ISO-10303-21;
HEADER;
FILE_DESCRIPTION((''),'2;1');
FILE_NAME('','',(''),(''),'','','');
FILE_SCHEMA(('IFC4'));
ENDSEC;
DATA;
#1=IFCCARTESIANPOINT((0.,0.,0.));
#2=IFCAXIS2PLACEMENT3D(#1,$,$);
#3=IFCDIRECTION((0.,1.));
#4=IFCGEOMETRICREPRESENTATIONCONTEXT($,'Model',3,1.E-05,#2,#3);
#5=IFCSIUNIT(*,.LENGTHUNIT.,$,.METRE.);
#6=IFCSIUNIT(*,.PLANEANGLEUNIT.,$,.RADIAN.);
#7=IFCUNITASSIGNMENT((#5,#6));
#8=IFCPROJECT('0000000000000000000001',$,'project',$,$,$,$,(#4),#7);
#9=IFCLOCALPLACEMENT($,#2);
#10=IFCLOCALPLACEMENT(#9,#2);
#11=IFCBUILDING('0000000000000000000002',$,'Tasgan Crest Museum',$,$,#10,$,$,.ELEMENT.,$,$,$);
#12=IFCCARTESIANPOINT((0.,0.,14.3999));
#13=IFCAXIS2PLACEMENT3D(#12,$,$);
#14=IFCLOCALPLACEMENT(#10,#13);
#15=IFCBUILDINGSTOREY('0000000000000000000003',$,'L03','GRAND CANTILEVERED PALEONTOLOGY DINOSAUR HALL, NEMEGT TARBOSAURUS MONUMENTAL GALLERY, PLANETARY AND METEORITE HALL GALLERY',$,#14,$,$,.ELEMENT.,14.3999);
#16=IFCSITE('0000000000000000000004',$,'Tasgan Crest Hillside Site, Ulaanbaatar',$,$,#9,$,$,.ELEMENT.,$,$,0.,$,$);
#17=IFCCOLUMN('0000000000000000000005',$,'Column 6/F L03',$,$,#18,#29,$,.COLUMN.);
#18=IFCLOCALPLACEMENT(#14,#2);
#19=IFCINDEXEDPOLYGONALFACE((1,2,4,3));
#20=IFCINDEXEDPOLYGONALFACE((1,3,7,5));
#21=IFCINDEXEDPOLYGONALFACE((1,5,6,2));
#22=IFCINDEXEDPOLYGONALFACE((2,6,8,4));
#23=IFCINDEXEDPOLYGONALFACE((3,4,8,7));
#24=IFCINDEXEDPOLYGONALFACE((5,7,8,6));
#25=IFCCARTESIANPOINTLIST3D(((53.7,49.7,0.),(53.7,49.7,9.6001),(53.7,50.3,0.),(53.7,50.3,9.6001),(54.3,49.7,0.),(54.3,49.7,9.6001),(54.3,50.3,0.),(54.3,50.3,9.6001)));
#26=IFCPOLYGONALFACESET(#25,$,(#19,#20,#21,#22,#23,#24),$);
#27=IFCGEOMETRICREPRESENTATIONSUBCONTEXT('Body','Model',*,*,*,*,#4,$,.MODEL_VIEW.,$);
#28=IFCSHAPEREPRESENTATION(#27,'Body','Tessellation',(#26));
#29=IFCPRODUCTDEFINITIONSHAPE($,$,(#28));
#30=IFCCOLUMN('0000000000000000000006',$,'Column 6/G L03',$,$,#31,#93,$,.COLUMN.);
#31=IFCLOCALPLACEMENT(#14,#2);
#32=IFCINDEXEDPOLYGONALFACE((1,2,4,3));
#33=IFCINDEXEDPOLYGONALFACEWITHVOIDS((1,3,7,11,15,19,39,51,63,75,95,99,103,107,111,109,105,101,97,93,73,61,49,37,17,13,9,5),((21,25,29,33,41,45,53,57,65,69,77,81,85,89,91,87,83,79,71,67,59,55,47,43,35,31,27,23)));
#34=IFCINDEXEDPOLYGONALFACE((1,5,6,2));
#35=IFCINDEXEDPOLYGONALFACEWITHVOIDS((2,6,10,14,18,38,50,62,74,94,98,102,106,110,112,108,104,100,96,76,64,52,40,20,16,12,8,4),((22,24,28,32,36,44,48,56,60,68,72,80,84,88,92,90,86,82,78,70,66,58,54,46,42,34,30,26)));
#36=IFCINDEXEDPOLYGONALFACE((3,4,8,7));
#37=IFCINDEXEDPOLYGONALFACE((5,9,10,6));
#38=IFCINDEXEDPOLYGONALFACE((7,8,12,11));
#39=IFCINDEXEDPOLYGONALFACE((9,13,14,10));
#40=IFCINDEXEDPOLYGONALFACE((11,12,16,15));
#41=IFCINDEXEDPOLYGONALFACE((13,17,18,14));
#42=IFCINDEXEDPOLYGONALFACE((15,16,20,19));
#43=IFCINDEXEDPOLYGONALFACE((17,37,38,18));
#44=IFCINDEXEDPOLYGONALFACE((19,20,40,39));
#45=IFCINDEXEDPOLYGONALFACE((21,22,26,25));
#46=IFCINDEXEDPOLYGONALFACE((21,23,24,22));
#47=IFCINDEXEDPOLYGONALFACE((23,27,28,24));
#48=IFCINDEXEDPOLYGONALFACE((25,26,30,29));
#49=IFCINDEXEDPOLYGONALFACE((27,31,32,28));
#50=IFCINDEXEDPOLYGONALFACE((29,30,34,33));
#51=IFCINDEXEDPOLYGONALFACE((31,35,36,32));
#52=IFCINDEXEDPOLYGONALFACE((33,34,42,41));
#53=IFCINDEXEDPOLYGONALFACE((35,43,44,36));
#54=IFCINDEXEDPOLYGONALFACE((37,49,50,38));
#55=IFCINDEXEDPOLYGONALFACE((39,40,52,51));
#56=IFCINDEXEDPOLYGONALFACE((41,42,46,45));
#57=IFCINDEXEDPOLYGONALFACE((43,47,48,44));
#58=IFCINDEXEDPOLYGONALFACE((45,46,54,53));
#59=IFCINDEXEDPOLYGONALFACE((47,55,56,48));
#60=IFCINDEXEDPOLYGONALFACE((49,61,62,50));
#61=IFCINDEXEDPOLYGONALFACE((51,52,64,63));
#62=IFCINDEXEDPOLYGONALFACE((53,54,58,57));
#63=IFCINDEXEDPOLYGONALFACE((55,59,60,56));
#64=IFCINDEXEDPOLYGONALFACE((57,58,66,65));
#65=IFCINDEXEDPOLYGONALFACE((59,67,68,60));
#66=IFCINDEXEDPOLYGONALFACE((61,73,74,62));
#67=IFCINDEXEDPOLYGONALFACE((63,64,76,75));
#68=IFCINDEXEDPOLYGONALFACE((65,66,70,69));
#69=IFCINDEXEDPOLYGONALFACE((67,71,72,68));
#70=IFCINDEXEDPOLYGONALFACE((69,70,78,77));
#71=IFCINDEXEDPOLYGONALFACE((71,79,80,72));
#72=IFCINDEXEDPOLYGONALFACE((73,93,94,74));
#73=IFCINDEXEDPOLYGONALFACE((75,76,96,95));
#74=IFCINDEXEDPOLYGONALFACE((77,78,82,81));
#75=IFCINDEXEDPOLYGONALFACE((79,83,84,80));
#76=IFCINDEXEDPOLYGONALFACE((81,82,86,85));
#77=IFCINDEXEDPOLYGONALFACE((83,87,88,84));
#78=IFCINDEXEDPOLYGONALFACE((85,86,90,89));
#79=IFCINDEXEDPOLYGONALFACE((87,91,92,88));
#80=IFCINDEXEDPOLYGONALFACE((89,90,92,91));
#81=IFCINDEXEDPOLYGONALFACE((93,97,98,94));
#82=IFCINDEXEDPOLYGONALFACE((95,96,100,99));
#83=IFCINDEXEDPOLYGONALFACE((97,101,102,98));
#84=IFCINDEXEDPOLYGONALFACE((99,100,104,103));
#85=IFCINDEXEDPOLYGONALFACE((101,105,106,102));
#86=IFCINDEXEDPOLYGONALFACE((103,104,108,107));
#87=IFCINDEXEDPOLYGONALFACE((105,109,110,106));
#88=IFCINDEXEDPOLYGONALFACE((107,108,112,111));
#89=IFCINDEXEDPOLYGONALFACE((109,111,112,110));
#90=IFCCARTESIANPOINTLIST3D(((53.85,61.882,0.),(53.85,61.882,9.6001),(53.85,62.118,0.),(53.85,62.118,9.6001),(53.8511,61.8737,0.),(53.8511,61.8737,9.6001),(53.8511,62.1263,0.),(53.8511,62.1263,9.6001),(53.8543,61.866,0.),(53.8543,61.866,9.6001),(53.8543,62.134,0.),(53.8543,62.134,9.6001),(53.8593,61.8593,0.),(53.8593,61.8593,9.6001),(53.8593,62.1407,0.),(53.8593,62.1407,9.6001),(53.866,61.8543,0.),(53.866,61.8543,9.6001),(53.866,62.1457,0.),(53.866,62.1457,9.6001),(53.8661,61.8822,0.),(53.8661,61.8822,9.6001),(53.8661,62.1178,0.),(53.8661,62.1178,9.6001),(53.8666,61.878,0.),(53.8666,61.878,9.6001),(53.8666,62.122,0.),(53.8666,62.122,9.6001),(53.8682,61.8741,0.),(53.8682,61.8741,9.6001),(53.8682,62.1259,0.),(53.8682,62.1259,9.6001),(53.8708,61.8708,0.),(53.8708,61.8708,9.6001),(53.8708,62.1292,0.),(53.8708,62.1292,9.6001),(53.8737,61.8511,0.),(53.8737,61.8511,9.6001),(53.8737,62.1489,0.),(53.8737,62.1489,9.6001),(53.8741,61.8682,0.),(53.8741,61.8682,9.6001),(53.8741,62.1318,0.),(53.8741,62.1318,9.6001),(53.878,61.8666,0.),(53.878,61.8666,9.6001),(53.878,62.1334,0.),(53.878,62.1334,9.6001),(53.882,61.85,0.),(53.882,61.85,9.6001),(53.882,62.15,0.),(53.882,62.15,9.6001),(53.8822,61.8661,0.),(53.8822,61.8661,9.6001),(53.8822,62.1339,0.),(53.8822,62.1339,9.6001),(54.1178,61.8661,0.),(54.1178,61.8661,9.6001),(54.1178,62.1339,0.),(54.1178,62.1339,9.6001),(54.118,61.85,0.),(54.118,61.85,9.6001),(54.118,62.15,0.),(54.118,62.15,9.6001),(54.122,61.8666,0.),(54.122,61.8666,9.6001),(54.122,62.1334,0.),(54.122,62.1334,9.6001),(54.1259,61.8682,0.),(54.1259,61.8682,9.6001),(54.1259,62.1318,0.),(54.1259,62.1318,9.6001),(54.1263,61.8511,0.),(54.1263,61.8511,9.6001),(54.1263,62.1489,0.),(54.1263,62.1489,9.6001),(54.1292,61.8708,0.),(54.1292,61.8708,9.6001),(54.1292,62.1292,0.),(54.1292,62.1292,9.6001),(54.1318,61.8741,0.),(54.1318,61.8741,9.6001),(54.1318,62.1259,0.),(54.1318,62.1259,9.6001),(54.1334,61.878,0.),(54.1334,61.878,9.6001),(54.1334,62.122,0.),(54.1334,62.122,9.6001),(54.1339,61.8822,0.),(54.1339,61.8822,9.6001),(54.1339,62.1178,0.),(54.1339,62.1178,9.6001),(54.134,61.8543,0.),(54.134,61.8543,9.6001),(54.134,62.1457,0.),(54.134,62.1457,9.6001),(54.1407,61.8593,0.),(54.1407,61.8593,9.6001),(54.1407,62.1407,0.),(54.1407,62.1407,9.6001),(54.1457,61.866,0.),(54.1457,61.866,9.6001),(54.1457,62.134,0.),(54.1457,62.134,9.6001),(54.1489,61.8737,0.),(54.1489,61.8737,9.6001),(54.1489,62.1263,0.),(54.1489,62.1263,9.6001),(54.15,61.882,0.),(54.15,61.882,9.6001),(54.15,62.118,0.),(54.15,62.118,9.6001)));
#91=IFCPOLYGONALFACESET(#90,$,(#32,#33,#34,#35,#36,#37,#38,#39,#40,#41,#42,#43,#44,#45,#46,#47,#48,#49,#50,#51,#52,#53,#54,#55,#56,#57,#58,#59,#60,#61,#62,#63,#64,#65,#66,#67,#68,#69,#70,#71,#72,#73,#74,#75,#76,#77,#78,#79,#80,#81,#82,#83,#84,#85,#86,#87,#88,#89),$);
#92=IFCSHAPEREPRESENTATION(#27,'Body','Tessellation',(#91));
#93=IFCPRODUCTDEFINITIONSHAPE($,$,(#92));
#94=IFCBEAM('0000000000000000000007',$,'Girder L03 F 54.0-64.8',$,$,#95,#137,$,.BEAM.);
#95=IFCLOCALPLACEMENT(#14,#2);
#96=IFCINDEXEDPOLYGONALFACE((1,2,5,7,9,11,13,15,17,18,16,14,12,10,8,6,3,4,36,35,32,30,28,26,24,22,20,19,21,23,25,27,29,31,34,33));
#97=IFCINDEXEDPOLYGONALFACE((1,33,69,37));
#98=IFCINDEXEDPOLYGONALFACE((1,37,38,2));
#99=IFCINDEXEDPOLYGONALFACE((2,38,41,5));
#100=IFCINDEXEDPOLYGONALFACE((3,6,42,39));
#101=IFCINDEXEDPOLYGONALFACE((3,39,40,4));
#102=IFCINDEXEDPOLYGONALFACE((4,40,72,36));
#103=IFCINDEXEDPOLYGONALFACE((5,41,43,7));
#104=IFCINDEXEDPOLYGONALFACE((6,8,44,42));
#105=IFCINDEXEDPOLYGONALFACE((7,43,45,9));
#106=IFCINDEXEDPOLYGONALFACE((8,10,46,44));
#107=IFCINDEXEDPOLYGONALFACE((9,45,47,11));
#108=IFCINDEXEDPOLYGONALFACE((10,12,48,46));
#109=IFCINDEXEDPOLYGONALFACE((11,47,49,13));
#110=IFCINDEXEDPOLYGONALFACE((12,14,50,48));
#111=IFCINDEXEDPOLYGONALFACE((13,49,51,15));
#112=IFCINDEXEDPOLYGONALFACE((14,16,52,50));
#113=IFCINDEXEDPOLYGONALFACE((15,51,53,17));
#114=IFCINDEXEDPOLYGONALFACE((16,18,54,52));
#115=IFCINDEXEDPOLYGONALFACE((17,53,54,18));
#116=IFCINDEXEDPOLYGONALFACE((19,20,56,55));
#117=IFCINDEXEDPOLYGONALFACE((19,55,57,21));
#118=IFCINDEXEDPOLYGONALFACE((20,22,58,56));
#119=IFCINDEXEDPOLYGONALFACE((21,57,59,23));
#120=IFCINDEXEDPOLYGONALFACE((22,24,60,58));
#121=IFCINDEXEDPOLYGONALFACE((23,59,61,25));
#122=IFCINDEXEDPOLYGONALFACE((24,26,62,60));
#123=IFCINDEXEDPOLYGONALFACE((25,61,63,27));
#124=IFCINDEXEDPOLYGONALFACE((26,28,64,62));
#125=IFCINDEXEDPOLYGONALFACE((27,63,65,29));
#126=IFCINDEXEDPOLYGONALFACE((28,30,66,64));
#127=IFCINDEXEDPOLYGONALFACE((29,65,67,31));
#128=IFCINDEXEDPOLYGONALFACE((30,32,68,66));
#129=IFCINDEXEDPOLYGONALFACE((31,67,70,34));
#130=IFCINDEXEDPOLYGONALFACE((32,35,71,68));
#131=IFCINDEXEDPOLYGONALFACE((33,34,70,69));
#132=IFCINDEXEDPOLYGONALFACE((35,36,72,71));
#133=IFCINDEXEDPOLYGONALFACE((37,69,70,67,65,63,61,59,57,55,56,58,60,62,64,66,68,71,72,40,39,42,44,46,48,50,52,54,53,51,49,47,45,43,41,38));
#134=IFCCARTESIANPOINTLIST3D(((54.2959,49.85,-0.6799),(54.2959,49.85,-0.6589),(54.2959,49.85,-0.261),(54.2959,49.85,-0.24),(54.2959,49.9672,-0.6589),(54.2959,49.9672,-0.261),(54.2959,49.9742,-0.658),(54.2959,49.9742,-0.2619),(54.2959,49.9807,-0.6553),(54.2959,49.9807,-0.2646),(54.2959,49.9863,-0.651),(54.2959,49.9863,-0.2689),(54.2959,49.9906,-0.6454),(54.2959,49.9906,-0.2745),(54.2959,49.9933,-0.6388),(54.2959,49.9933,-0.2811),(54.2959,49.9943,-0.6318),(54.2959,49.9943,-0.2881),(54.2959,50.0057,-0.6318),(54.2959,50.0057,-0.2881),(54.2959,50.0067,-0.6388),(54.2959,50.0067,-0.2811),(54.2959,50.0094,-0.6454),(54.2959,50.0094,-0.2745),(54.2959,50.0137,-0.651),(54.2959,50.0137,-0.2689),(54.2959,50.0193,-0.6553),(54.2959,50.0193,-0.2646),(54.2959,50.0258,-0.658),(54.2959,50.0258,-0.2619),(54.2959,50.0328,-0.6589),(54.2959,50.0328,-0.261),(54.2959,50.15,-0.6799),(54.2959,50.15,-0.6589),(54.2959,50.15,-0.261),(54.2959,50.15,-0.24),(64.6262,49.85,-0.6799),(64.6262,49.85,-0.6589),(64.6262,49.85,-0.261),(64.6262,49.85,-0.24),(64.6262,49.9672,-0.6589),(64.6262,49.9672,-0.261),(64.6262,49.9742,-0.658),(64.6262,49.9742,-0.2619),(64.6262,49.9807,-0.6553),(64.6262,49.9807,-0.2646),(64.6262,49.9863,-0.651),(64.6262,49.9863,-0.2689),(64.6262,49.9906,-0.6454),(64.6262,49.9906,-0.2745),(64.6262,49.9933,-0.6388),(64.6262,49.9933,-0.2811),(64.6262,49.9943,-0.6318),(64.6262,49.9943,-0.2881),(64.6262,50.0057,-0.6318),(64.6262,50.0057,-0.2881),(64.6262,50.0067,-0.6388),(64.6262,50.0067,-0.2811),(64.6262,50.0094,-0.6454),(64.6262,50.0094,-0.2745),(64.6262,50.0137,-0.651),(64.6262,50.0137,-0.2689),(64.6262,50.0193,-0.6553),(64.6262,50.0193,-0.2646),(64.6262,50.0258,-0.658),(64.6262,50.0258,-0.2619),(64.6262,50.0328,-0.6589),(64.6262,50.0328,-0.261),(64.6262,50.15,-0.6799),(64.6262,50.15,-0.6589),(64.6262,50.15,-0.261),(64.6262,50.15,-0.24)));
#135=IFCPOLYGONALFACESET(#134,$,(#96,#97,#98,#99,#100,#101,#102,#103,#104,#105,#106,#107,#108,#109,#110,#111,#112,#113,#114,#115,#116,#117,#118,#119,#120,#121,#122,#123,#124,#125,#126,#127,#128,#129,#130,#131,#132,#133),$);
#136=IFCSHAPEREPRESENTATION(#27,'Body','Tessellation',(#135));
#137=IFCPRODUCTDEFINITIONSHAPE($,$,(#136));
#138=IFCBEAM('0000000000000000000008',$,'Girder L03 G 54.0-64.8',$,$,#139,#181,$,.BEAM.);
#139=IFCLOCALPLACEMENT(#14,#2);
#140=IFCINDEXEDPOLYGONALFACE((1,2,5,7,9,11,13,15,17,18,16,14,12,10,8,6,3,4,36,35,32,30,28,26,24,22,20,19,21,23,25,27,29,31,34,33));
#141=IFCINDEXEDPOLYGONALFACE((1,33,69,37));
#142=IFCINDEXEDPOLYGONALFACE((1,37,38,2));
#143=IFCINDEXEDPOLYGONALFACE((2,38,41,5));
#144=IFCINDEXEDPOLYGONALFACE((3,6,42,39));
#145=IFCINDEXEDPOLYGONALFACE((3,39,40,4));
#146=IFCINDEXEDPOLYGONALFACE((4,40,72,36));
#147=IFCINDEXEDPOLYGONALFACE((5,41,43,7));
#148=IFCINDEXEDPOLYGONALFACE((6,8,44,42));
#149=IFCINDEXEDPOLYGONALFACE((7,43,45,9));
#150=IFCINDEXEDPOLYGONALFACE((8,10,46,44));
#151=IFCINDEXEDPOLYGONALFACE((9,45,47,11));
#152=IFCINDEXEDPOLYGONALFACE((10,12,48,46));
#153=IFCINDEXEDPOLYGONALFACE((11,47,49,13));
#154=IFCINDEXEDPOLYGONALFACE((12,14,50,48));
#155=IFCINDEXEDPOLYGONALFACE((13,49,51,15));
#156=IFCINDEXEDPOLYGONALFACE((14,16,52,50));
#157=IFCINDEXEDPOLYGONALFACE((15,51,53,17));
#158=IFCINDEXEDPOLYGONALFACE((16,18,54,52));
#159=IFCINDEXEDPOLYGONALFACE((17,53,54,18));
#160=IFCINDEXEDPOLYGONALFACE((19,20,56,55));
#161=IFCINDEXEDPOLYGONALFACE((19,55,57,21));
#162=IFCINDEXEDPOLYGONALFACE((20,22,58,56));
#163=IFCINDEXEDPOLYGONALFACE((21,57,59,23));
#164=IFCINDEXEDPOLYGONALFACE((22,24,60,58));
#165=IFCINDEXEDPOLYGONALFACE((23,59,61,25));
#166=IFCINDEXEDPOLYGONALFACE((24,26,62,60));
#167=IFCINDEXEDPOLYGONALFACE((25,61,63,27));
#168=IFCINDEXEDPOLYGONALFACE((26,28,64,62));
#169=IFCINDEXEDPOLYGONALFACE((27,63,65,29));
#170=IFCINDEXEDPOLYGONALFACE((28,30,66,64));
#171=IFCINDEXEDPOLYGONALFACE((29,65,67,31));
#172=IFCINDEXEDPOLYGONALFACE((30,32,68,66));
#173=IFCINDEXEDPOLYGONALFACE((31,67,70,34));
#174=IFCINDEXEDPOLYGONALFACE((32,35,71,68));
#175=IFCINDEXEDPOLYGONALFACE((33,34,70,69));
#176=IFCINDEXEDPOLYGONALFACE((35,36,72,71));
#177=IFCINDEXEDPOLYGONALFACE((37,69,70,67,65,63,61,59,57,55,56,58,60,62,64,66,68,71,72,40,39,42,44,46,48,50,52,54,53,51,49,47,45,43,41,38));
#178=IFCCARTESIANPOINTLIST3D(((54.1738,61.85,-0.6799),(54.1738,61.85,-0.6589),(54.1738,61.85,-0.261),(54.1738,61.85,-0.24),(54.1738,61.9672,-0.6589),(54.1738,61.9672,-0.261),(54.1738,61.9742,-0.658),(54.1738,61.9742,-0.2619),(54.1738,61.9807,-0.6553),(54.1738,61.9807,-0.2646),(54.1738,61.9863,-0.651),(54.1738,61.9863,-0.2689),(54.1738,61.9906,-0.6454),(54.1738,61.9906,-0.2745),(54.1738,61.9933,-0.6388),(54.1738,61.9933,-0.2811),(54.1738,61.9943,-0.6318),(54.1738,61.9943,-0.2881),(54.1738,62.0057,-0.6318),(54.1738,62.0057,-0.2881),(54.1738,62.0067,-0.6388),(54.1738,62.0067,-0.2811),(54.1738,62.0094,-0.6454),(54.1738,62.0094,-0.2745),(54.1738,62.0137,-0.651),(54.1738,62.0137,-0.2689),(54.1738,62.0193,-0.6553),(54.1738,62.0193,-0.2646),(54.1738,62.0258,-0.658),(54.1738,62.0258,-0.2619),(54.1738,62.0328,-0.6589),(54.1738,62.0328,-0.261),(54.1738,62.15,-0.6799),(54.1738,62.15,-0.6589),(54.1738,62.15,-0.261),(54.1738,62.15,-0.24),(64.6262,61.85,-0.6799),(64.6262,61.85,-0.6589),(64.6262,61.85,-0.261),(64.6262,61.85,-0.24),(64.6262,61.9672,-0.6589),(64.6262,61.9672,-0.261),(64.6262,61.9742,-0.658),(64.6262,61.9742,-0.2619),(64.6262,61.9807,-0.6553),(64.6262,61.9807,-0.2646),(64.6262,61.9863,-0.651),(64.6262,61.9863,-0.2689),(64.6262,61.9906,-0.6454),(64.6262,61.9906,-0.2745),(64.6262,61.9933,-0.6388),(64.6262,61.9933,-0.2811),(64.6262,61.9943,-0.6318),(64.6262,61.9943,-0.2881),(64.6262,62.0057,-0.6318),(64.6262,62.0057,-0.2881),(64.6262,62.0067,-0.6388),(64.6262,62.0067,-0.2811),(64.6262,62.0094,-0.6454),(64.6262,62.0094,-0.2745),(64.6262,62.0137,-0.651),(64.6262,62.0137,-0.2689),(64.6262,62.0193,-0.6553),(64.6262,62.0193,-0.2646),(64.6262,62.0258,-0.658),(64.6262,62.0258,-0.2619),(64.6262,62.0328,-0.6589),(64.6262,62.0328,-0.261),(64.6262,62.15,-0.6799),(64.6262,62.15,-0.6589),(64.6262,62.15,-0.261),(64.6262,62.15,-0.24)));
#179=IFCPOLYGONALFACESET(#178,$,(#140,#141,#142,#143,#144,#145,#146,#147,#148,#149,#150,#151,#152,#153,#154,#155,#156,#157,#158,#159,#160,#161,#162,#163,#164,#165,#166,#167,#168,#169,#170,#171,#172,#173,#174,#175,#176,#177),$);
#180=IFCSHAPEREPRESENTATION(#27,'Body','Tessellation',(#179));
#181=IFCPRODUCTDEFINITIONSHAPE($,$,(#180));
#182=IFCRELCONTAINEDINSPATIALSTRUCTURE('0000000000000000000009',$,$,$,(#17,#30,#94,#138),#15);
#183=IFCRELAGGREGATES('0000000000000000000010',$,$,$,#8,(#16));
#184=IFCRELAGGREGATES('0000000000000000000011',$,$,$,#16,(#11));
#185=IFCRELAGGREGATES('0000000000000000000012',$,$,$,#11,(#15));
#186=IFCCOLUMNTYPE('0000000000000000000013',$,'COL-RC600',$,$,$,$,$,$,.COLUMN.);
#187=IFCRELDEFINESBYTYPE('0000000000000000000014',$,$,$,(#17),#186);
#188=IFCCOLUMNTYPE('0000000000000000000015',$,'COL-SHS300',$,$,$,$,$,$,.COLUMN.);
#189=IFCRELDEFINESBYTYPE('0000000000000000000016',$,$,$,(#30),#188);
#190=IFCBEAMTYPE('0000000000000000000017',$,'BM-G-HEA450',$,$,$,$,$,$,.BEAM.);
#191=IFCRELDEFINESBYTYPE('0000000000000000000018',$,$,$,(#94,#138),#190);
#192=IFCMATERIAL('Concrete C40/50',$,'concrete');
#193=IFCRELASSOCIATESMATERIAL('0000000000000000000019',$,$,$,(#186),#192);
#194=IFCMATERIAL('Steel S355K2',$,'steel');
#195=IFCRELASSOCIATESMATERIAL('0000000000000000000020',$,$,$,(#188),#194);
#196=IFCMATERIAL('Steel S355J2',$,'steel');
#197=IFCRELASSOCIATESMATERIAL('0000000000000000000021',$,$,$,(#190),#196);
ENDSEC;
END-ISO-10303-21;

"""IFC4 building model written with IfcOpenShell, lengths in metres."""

from ifc_helpers import new_model, si_unit, direction, frame, origin, origin_2d, place, context, subcontext, project, spatial, rectangle, hollow_rectangle, i_section, extrude, material, material_profile, profile_set, type_object, element, save


model = new_model("IFC4")

# Units and contexts
model_context = context("Model", 3, precision=1e-05, world=origin(), true_north=direction((0.0, 1.0)))
body_context = subcontext(model_context, "Body", "Model", "MODEL_VIEW")
ifc_project = project(units=[si_unit("LENGTHUNIT", "METRE"), si_unit("PLANEANGLEUNIT", "RADIAN")], contexts=[model_context])

# Site, building, storey
site_placement = place(None, origin())
site = spatial("IfcSite", under=ifc_project, at=site_placement, Name="Tasgan Crest Hillside Site, Ulaanbaatar", CompositionType="ELEMENT", RefElevation=0.0)
building_placement = place(site_placement, origin())
building = spatial("IfcBuilding", under=site, at=building_placement, Name="Tasgan Crest Museum", CompositionType="ELEMENT")
storey_placement = place(building_placement, frame((0.0, 0.0, 14.3999)))
storey = spatial("IfcBuildingStorey", under=building, at=storey_placement, Name="L03", Description="GRAND CANTILEVERED PALEONTOLOGY DINOSAUR HALL, NEMEGT TARBOSAURUS MONUMENTAL GALLERY, PLANETARY AND METEORITE HALL GALLERY", CompositionType="ELEMENT", Elevation=14.3999)

# Columns
ifc_material_1 = material(Name="Concrete C40/50", Category="concrete")
ifc_material_profile_1 = material_profile(ifc_material_1, rectangle(XDim=0.6001, YDim=0.6001, at=origin_2d()), Name="RC 600x600")
ifc_profile_set_1 = profile_set([ifc_material_profile_1], Name="Concrete C40/50")
column_type_1 = type_object("IfcColumnType", Name="COL-RC600", PredefinedType="COLUMN", material=ifc_profile_set_1)
column_1_placement = place(storey_placement, frame((54.0, 50.0, 0.0), z_axis=(0.0, 0.0, 1.0), x_axis=(1.0, 0.0, 0.0)))
element("IfcColumn", 1, at=column_1_placement, inside=storey, type_object=column_type_1, Name="Column 6/F L03", PredefinedType="COLUMN", context=body_context, shape_type="SweptSolid", body=[
    extrude(rectangle(XDim=0.6001, YDim=0.6001, at=origin_2d()), origin(), (0.0, 0.0, 1.0), 9.6001),
])
ifc_material_2 = material(Name="Steel S355K2", Category="steel")
ifc_material_profile_2 = material_profile(ifc_material_2, hollow_rectangle(XDim=0.3, YDim=0.3, WallThickness=0.0161, InnerFilletRadius=0.0161, OuterFilletRadius=0.032, at=origin_2d()), Name="SHS 300x300x16")
ifc_profile_set_2 = profile_set([ifc_material_profile_2], Name="Steel S355K2")
column_type_2 = type_object("IfcColumnType", Name="COL-SHS300", PredefinedType="COLUMN", material=ifc_profile_set_2)
column_2_placement = place(storey_placement, frame((54.0, 62.0, 0.0), z_axis=(0.0, 0.0, 1.0), x_axis=(1.0, 0.0, 0.0)))
element("IfcColumn", 2, at=column_2_placement, inside=storey, type_object=column_type_2, Name="Column 6/G L03", PredefinedType="COLUMN", context=body_context, shape_type="SweptSolid", body=[
    extrude(hollow_rectangle(XDim=0.3, YDim=0.3, WallThickness=0.0161, InnerFilletRadius=0.0161, OuterFilletRadius=0.032, at=origin_2d()), origin(), (0.0, 0.0, 1.0), 9.6001),
])

# Beams
ifc_material_3 = material(Name="Steel S355J2", Category="steel")
ifc_material_profile_3 = material_profile(ifc_material_3, i_section(OverallWidth=0.3, OverallDepth=0.4399, WebThickness=0.0115, FlangeThickness=0.021, FilletRadius=0.0271, at=origin_2d()), Name="HEA 450")
ifc_profile_set_3 = profile_set([ifc_material_profile_3], Name="Steel S355J2")
beam_type_1 = type_object("IfcBeamType", Name="BM-G-HEA450", PredefinedType="BEAM", material=ifc_profile_set_3)
beam_1_placement = place(storey_placement, frame((54.2959, 50.0, -0.46), z_axis=(1.0, 0.0, 0.0), x_axis=(0.0, 1.0, 0.0)))
element("IfcBeam", 3, at=beam_1_placement, inside=storey, type_object=beam_type_1, Name="Girder L03 F 54.0-64.8", PredefinedType="BEAM", context=body_context, shape_type="SweptSolid", body=[
    extrude(i_section(OverallWidth=0.3, OverallDepth=0.4399, WebThickness=0.0115, FlangeThickness=0.021, FilletRadius=0.0271, at=origin_2d()), origin(), (0.0, 0.0, 1.0), 10.3303),
])
beam_2_placement = place(storey_placement, frame((54.1738, 62.0, -0.46), z_axis=(1.0, 0.0, 0.0), x_axis=(0.0, 1.0, 0.0)))
element("IfcBeam", 4, at=beam_2_placement, inside=storey, type_object=beam_type_1, Name="Girder L03 G 54.0-64.8", PredefinedType="BEAM", context=body_context, shape_type="SweptSolid", body=[
    extrude(i_section(OverallWidth=0.3, OverallDepth=0.4399, WebThickness=0.0115, FlangeThickness=0.021, FilletRadius=0.0271, at=origin_2d()), origin(), (0.0, 0.0, 1.0), 10.4524),
])

save(model, "model.ifc")
